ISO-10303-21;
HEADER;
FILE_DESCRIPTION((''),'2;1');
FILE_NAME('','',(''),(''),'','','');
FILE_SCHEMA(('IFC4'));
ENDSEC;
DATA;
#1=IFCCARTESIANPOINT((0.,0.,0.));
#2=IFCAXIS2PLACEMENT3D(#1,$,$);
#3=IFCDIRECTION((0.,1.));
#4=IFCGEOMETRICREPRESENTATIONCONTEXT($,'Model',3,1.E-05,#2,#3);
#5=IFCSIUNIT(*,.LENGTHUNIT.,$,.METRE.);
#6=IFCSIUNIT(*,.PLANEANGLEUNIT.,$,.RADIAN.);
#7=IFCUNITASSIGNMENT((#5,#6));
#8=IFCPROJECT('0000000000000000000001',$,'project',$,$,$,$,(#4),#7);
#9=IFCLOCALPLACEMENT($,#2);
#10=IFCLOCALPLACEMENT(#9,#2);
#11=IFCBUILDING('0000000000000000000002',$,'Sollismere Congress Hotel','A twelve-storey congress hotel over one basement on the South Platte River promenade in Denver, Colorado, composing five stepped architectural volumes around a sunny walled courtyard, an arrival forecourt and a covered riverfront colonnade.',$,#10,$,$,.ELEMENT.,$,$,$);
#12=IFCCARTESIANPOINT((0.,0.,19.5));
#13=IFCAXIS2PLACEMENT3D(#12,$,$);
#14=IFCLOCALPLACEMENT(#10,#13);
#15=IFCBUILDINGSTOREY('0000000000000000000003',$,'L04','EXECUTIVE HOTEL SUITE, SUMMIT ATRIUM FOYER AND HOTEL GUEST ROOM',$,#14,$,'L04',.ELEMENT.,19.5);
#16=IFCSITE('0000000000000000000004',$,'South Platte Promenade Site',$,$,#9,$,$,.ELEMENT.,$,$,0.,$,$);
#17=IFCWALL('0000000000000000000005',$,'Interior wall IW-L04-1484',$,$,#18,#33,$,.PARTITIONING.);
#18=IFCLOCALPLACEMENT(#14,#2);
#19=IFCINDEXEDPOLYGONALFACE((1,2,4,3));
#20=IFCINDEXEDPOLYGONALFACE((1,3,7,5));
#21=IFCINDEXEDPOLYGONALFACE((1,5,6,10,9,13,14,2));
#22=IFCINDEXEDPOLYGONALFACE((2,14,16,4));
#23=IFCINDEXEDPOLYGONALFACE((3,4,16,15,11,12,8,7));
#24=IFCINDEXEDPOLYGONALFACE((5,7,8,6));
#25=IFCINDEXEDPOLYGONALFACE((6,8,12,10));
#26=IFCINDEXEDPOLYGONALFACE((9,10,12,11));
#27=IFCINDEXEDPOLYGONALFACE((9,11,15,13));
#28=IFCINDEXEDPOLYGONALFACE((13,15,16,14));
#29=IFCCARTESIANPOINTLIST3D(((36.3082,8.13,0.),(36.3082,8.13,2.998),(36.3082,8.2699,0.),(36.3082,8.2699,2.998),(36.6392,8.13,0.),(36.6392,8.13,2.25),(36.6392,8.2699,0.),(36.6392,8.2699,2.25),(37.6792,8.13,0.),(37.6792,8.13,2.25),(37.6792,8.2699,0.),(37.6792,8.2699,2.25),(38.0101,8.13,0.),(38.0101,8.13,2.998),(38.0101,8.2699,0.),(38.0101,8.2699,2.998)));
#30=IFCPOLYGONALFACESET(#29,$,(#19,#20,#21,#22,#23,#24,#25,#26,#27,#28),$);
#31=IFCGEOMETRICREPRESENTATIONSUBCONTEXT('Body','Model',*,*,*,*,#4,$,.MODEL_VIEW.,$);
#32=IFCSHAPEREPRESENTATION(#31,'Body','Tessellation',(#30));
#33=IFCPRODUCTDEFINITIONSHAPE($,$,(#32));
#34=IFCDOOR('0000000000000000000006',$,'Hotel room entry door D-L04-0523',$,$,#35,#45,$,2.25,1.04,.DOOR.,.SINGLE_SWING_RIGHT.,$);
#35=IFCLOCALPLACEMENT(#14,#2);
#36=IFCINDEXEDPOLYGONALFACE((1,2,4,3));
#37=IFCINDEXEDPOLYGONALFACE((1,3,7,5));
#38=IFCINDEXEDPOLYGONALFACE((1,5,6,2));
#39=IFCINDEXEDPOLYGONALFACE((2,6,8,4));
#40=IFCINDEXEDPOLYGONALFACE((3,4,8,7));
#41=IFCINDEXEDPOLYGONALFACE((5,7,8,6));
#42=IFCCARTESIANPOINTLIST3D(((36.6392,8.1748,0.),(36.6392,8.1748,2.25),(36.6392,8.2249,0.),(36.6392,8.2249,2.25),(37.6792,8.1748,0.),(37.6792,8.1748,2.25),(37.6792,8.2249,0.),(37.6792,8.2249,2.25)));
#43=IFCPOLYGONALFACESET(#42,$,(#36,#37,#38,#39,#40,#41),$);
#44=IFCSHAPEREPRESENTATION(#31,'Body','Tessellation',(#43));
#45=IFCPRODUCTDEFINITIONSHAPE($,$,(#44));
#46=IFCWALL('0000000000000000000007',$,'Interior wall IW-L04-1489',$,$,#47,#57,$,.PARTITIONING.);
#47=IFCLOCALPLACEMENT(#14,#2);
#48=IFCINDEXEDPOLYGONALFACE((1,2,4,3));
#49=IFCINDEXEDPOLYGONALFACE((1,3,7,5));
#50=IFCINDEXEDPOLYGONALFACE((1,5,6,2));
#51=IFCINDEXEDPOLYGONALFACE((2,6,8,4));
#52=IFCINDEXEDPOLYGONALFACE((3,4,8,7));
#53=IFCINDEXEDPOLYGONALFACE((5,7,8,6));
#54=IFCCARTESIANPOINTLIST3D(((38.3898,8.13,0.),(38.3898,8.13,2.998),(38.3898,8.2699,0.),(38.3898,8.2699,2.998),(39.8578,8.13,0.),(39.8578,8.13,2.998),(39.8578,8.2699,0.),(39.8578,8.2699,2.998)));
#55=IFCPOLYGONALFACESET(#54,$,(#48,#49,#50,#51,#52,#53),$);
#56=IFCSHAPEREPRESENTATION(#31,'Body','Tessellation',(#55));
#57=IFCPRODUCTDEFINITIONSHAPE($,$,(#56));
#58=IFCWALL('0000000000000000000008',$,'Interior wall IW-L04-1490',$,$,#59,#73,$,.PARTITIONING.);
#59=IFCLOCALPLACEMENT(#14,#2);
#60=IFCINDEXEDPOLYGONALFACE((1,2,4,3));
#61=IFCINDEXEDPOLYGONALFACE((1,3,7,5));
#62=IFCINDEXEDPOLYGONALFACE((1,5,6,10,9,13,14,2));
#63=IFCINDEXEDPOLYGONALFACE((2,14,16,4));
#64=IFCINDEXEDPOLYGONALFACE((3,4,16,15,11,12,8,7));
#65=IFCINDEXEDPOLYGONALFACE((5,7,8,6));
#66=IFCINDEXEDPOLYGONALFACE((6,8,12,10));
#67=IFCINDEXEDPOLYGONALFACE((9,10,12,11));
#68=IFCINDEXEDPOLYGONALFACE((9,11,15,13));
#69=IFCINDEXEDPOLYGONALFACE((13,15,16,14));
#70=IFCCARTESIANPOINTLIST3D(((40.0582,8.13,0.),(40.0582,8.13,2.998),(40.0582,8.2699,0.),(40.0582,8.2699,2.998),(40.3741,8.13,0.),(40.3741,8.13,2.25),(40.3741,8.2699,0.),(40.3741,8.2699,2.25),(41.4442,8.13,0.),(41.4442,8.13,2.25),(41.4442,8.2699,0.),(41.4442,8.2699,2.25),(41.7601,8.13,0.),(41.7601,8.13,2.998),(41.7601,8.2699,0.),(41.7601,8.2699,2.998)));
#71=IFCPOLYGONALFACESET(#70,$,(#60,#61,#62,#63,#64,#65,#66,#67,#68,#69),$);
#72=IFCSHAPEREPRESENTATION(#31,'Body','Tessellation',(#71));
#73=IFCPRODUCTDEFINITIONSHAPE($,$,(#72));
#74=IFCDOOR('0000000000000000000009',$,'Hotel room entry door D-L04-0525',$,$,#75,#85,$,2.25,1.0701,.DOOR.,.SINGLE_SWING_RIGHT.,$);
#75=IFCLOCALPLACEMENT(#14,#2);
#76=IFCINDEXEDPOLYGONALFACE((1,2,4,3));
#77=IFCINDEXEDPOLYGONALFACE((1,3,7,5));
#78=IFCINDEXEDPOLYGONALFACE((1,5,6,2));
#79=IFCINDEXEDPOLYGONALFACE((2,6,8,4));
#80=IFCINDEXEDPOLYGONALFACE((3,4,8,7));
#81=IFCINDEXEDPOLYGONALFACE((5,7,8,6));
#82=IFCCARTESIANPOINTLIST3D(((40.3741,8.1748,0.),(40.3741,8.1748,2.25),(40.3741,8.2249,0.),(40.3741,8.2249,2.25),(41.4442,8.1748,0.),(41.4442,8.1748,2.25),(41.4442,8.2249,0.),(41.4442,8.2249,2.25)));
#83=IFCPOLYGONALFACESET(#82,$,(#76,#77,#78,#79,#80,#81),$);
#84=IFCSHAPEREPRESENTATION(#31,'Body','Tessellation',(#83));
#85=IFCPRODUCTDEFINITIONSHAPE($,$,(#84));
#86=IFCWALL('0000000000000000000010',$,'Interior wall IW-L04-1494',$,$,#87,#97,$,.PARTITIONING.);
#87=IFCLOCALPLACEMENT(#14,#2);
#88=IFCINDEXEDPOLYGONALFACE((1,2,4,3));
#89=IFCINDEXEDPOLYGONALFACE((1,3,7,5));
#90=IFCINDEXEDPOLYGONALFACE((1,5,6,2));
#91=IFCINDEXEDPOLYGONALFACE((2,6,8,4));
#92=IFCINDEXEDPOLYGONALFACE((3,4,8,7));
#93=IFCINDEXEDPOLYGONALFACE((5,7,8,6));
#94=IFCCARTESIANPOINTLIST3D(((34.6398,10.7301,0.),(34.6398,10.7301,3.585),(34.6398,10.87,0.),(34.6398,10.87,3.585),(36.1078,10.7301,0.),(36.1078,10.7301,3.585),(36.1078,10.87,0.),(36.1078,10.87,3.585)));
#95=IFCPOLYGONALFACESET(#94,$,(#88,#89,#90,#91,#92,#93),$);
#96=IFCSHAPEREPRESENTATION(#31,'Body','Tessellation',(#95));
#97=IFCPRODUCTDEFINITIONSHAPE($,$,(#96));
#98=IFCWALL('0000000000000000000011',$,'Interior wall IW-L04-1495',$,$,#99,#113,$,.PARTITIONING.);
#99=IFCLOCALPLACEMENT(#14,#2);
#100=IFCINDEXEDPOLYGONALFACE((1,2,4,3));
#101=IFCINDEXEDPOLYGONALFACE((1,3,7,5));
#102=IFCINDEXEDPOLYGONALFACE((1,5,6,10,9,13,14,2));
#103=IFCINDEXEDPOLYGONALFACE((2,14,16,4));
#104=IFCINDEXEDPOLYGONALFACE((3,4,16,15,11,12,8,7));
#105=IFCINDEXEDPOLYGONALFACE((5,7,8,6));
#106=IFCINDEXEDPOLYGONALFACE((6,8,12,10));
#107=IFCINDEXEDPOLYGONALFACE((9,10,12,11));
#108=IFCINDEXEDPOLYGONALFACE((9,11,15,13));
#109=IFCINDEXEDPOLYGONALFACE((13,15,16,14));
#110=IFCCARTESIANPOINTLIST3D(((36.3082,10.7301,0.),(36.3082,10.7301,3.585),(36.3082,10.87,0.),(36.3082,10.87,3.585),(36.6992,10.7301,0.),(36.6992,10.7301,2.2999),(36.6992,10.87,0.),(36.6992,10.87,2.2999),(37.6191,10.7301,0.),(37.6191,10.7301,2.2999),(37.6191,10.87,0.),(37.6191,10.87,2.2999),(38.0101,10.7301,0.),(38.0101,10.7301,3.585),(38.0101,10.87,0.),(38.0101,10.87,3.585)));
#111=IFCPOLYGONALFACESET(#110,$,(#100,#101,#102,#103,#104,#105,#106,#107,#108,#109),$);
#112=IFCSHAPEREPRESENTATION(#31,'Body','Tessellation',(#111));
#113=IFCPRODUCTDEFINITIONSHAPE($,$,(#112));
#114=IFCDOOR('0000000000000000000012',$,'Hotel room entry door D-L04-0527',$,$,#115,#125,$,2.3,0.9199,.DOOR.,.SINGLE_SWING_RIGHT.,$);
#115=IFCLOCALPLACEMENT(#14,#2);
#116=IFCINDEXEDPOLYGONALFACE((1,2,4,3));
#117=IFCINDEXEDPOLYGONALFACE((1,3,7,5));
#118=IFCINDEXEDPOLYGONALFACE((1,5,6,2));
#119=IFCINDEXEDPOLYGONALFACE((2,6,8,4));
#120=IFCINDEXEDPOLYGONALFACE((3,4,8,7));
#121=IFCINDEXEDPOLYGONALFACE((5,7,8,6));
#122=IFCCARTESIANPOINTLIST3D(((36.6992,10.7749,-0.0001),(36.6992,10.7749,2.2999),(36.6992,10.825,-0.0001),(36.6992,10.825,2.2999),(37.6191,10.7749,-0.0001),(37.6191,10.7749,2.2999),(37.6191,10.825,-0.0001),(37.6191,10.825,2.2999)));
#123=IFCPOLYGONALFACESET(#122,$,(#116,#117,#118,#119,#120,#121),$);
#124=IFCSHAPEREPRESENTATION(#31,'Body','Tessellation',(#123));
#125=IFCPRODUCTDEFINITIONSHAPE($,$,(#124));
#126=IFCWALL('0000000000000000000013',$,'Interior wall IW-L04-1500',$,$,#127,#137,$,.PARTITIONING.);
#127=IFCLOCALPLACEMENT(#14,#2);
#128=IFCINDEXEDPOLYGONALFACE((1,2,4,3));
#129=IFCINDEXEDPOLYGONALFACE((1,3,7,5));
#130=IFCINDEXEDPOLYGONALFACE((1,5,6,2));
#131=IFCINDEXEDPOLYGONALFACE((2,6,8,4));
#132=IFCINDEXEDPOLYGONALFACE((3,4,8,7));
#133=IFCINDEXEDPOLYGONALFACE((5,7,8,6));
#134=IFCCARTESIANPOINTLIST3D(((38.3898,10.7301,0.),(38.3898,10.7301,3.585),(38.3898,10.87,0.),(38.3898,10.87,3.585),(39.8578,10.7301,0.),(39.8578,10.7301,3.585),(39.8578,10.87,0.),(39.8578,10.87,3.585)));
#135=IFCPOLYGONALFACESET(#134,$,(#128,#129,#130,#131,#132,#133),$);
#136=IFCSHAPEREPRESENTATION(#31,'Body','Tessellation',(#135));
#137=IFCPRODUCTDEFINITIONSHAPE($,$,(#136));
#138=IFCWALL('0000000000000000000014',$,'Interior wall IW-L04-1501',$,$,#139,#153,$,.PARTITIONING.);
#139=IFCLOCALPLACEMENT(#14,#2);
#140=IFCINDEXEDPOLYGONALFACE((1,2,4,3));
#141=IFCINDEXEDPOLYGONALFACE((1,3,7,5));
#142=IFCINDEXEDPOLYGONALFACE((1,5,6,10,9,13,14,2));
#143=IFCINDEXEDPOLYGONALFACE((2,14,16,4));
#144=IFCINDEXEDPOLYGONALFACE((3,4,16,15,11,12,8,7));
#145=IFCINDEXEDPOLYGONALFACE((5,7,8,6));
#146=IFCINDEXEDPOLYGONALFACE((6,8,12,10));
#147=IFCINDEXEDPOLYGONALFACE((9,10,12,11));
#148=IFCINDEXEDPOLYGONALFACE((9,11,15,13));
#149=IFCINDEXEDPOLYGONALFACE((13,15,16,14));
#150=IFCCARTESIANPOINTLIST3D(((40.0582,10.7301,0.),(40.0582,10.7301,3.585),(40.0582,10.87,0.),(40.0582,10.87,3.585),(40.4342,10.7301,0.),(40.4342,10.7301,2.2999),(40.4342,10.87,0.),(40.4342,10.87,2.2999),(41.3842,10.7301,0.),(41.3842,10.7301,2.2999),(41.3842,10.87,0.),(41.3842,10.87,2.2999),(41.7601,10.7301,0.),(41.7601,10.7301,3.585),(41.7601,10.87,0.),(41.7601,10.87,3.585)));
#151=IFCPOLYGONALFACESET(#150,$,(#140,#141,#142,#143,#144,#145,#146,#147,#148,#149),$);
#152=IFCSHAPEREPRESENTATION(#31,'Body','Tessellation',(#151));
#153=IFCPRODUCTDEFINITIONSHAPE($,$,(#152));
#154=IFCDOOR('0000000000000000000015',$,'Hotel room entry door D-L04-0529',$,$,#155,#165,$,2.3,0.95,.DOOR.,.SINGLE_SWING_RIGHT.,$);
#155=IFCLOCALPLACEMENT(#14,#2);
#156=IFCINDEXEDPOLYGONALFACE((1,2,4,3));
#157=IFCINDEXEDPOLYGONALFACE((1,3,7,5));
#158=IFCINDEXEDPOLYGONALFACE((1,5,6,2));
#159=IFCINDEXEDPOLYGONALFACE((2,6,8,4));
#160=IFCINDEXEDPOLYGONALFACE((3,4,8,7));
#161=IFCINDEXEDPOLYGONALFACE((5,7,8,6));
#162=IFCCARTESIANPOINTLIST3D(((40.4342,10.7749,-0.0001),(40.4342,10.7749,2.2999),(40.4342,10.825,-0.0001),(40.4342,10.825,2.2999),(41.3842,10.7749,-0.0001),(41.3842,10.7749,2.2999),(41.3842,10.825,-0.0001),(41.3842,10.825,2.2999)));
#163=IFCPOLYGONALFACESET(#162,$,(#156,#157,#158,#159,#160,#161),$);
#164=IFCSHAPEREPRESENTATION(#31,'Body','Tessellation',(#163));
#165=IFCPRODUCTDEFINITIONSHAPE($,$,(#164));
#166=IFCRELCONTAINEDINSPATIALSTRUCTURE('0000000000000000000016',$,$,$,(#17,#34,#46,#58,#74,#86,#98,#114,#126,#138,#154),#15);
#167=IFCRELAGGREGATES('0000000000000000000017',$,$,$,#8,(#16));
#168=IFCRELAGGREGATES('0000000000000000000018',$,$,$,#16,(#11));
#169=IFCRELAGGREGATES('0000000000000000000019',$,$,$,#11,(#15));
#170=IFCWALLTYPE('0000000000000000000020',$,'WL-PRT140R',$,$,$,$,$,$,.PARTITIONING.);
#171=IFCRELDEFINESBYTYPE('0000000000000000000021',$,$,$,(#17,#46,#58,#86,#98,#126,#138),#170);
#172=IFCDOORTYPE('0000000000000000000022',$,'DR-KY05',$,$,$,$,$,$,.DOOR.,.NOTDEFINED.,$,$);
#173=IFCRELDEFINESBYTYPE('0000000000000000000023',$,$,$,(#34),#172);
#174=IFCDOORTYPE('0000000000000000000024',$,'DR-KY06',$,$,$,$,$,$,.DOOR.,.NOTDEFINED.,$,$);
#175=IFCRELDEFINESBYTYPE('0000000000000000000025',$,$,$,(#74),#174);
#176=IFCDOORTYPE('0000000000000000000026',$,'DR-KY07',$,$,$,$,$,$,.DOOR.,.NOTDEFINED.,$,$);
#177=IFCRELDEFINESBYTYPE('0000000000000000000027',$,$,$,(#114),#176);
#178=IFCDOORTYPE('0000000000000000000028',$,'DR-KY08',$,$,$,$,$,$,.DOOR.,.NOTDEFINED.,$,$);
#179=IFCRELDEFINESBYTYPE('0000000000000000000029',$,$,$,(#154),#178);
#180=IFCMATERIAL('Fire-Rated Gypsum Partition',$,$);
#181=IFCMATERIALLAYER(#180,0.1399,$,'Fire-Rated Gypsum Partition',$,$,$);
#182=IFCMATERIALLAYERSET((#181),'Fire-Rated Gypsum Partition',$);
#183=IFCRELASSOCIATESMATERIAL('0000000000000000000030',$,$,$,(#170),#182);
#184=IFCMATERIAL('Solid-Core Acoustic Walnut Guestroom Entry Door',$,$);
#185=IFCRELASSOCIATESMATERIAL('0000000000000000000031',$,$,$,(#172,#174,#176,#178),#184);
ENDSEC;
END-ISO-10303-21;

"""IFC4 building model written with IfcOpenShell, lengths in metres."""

from ifc_helpers import new_model, si_unit, direction, frame, frame_2d, origin, place, context, subcontext, project, spatial, rectangle, extrude, material, layer, layer_set, type_object, element, fill, save


model = new_model("IFC4")

# Units and contexts
model_context = context("Model", 3, precision=1e-05, world=origin(), true_north=direction((0.0, 1.0)))
body_context = subcontext(model_context, "Body", "Model", "MODEL_VIEW")
ifc_project = project(units=[si_unit("LENGTHUNIT", "METRE"), si_unit("PLANEANGLEUNIT", "RADIAN")], contexts=[model_context])

# Site, building, storey
site_placement = place(None, origin())
site = spatial("IfcSite", under=ifc_project, at=site_placement, Name="South Platte Promenade Site", CompositionType="ELEMENT", RefElevation=0.0)
building_placement = place(site_placement, origin())
building = spatial("IfcBuilding", under=site, at=building_placement, Name="Sollismere Congress Hotel", Description="A twelve-storey congress hotel over one basement on the South Platte River promenade in Denver, Colorado, composing five stepped architectural volumes around a sunny walled courtyard, an arrival forecourt and a covered riverfront colonnade.", CompositionType="ELEMENT")
storey_placement = place(building_placement, frame((0.0, 0.0, 19.5)))
storey = spatial("IfcBuildingStorey", under=building, at=storey_placement, Name="L04", Description="EXECUTIVE HOTEL SUITE, SUMMIT ATRIUM FOYER AND HOTEL GUEST ROOM", LongName="L04", CompositionType="ELEMENT", Elevation=19.5)

# Wall, opening, door
ifc_material_1 = material(Name="Fire-Rated Gypsum Partition")
ifc_layer_1 = layer(ifc_material_1, 0.1399, Name="Fire-Rated Gypsum Partition")
ifc_layer_set_1 = layer_set([ifc_layer_1], Name="Fire-Rated Gypsum Partition")
wall_type_1 = type_object("IfcWallType", Name="WL-PRT140R", PredefinedType="PARTITIONING", material=ifc_layer_set_1)
wall_1_placement = place(storey_placement, frame((36.3081, 8.2, 0.0), z_axis=(0.0, 0.0, 1.0), x_axis=(1.0, 0.0, 0.0)))
wall_1 = element("IfcWall", 1, at=wall_1_placement, inside=storey, type_object=wall_type_1, Name="Interior wall IW-L04-1484", PredefinedType="PARTITIONING", context=body_context, shape_type="SweptSolid", body=[
    extrude(rectangle(XDim=1.7019, YDim=0.1399, at=frame_2d((0.8511, 0.0))), origin(), (0.0, 0.0, 1.0), 2.998),
])
opening_1_placement = place(wall_1_placement, frame((0.3311, 0.0, 0.0)))
opening_1 = element("IfcOpeningElement", 2, at=opening_1_placement, cuts=wall_1, PredefinedType="OPENING", context=body_context, shape_type="SweptSolid", body=[
    extrude(rectangle(XDim=1.04, YDim=2.25, at=frame_2d((0.52, 1.125))), frame((0.0, 0.0798, 0.0), z_axis=(0.0, -1.0, 0.0), x_axis=(1.0, 0.0, 0.0)), (0.0, 0.0, 1.0), 0.1599),
])
ifc_material_2 = material(Name="Solid-Core Acoustic Walnut Guestroom Entry Door")
door_type_1 = type_object("IfcDoorType", Name="DR-KY05", OperationType="NOTDEFINED", PredefinedType="DOOR", material=ifc_material_2)
door_1_placement = place(opening_1_placement, origin())
door_1 = element("IfcDoor", 3, at=door_1_placement, inside=storey, type_object=door_type_1, Name="Hotel room entry door D-L04-0523", OperationType="SINGLE_SWING_RIGHT", OverallHeight=2.25, OverallWidth=1.04, PredefinedType="DOOR", context=body_context, shape_type="SweptSolid", body=[
    extrude(rectangle(XDim=1.04, YDim=2.25, at=frame_2d((0.52, 1.125))), frame((0.0, 0.0249, 0.0), z_axis=(0.0, -1.0, 0.0), x_axis=(1.0, 0.0, 0.0)), (0.0, 0.0, 1.0), 0.05),
])
fill(opening_1, door_1)

# Wall
wall_2_placement = place(storey_placement, frame((38.3899, 8.2, 0.0), z_axis=(0.0, 0.0, 1.0), x_axis=(1.0, 0.0, 0.0)))
element("IfcWall", 4, at=wall_2_placement, inside=storey, type_object=wall_type_1, Name="Interior wall IW-L04-1489", PredefinedType="PARTITIONING", context=body_context, shape_type="SweptSolid", body=[
    extrude(rectangle(XDim=1.468, YDim=0.1399, at=frame_2d((0.7339, 0.0))), origin(), (0.0, 0.0, 1.0), 2.998),
])

# Wall, opening, door
wall_3_placement = place(storey_placement, frame((40.0581, 8.2, 0.0), z_axis=(0.0, 0.0, 1.0), x_axis=(1.0, 0.0, 0.0)))
wall_3 = element("IfcWall", 5, at=wall_3_placement, inside=storey, type_object=wall_type_1, Name="Interior wall IW-L04-1490", PredefinedType="PARTITIONING", context=body_context, shape_type="SweptSolid", body=[
    extrude(rectangle(XDim=1.7019, YDim=0.1399, at=frame_2d((0.8511, 0.0))), origin(), (0.0, 0.0, 1.0), 2.998),
])
opening_2_placement = place(wall_3_placement, frame((0.3159, 0.0, 0.0)))
opening_2 = element("IfcOpeningElement", 6, at=opening_2_placement, cuts=wall_3, PredefinedType="OPENING", context=body_context, shape_type="SweptSolid", body=[
    extrude(rectangle(XDim=1.0701, YDim=2.25, at=frame_2d((0.5352, 1.125))), frame((0.0, 0.0798, 0.0), z_axis=(0.0, -1.0, 0.0), x_axis=(1.0, 0.0, 0.0)), (0.0, 0.0, 1.0), 0.1599),
])
door_type_2 = type_object("IfcDoorType", Name="DR-KY06", OperationType="NOTDEFINED", PredefinedType="DOOR", material=ifc_material_2)
door_2_placement = place(opening_2_placement, origin())
door_2 = element("IfcDoor", 7, at=door_2_placement, inside=storey, type_object=door_type_2, Name="Hotel room entry door D-L04-0525", OperationType="SINGLE_SWING_RIGHT", OverallHeight=2.25, OverallWidth=1.0701, PredefinedType="DOOR", context=body_context, shape_type="SweptSolid", body=[
    extrude(rectangle(XDim=1.0701, YDim=2.25, at=frame_2d((0.5352, 1.125))), frame((0.0, 0.0249, 0.0), z_axis=(0.0, -1.0, 0.0), x_axis=(1.0, 0.0, 0.0)), (0.0, 0.0, 1.0), 0.05),
])
fill(opening_2, door_2)

# Wall
wall_4_placement = place(storey_placement, frame((34.6399, 10.8, 0.0), z_axis=(0.0, 0.0, 1.0), x_axis=(1.0, 0.0, 0.0)))
element("IfcWall", 8, at=wall_4_placement, inside=storey, type_object=wall_type_1, Name="Interior wall IW-L04-1494", PredefinedType="PARTITIONING", context=body_context, shape_type="SweptSolid", body=[
    extrude(rectangle(XDim=1.468, YDim=0.1399, at=frame_2d((0.7339, 0.0))), origin(), (0.0, 0.0, 1.0), 3.585),
])

# Wall, opening, door
wall_5_placement = place(storey_placement, frame((36.3081, 10.8, 0.0), z_axis=(0.0, 0.0, 1.0), x_axis=(1.0, 0.0, 0.0)))
wall_5 = element("IfcWall", 9, at=wall_5_placement, inside=storey, type_object=wall_type_1, Name="Interior wall IW-L04-1495", PredefinedType="PARTITIONING", context=body_context, shape_type="SweptSolid", body=[
    extrude(rectangle(XDim=1.7019, YDim=0.1399, at=frame_2d((0.8511, 0.0))), origin(), (0.0, 0.0, 1.0), 3.585),
])
opening_3_placement = place(wall_5_placement, frame((0.3911, 0.0, 0.0)))
opening_3 = element("IfcOpeningElement", 10, at=opening_3_placement, cuts=wall_5, PredefinedType="OPENING", context=body_context, shape_type="SweptSolid", body=[
    extrude(rectangle(XDim=0.9199, YDim=2.3, at=frame_2d((0.46, 1.1499))), frame((0.0, 0.0798, 0.0), z_axis=(0.0, -1.0, 0.0), x_axis=(1.0, 0.0, 0.0)), (0.0, 0.0, 1.0), 0.1599),
])
door_type_3 = type_object("IfcDoorType", Name="DR-KY07", OperationType="NOTDEFINED", PredefinedType="DOOR", material=ifc_material_2)
door_3_placement = place(opening_3_placement, origin())
door_3 = element("IfcDoor", 11, at=door_3_placement, inside=storey, type_object=door_type_3, Name="Hotel room entry door D-L04-0527", OperationType="SINGLE_SWING_RIGHT", OverallHeight=2.3, OverallWidth=0.9199, PredefinedType="DOOR", context=body_context, shape_type="SweptSolid", body=[
    extrude(rectangle(XDim=0.9199, YDim=2.3, at=frame_2d((0.46, 1.1499))), frame((0.0, 0.0249, 0.0), z_axis=(0.0, -1.0, 0.0), x_axis=(1.0, 0.0, 0.0)), (0.0, 0.0, 1.0), 0.05),
])
fill(opening_3, door_3)

# Wall
wall_6_placement = place(storey_placement, frame((38.3899, 10.8, 0.0), z_axis=(0.0, 0.0, 1.0), x_axis=(1.0, 0.0, 0.0)))
element("IfcWall", 12, at=wall_6_placement, inside=storey, type_object=wall_type_1, Name="Interior wall IW-L04-1500", PredefinedType="PARTITIONING", context=body_context, shape_type="SweptSolid", body=[
    extrude(rectangle(XDim=1.468, YDim=0.1399, at=frame_2d((0.7339, 0.0))), origin(), (0.0, 0.0, 1.0), 3.585),
])

# Wall, opening, door
wall_7_placement = place(storey_placement, frame((40.0581, 10.8, 0.0), z_axis=(0.0, 0.0, 1.0), x_axis=(1.0, 0.0, 0.0)))
wall_7 = element("IfcWall", 13, at=wall_7_placement, inside=storey, type_object=wall_type_1, Name="Interior wall IW-L04-1501", PredefinedType="PARTITIONING", context=body_context, shape_type="SweptSolid", body=[
    extrude(rectangle(XDim=1.7019, YDim=0.1399, at=frame_2d((0.8511, 0.0))), origin(), (0.0, 0.0, 1.0), 3.585),
])
opening_4_placement = place(wall_7_placement, frame((0.376, 0.0, 0.0)))
opening_4 = element("IfcOpeningElement", 14, at=opening_4_placement, cuts=wall_7, PredefinedType="OPENING", context=body_context, shape_type="SweptSolid", body=[
    extrude(rectangle(XDim=0.95, YDim=2.3, at=frame_2d((0.4751, 1.1499))), frame((0.0, 0.0798, 0.0), z_axis=(0.0, -1.0, 0.0), x_axis=(1.0, 0.0, 0.0)), (0.0, 0.0, 1.0), 0.1599),
])
door_type_4 = type_object("IfcDoorType", Name="DR-KY08", OperationType="NOTDEFINED", PredefinedType="DOOR", material=ifc_material_2)
door_4_placement = place(opening_4_placement, origin())
door_4 = element("IfcDoor", 15, at=door_4_placement, inside=storey, type_object=door_type_4, Name="Hotel room entry door D-L04-0529", OperationType="SINGLE_SWING_RIGHT", OverallHeight=2.3, OverallWidth=0.95, PredefinedType="DOOR", context=body_context, shape_type="SweptSolid", body=[
    extrude(rectangle(XDim=0.95, YDim=2.3, at=frame_2d((0.4751, 1.1499))), frame((0.0, 0.0249, 0.0), z_axis=(0.0, -1.0, 0.0), x_axis=(1.0, 0.0, 0.0)), (0.0, 0.0, 1.0), 0.05),
])
fill(opening_4, door_4)

save(model, "model.ifc")
